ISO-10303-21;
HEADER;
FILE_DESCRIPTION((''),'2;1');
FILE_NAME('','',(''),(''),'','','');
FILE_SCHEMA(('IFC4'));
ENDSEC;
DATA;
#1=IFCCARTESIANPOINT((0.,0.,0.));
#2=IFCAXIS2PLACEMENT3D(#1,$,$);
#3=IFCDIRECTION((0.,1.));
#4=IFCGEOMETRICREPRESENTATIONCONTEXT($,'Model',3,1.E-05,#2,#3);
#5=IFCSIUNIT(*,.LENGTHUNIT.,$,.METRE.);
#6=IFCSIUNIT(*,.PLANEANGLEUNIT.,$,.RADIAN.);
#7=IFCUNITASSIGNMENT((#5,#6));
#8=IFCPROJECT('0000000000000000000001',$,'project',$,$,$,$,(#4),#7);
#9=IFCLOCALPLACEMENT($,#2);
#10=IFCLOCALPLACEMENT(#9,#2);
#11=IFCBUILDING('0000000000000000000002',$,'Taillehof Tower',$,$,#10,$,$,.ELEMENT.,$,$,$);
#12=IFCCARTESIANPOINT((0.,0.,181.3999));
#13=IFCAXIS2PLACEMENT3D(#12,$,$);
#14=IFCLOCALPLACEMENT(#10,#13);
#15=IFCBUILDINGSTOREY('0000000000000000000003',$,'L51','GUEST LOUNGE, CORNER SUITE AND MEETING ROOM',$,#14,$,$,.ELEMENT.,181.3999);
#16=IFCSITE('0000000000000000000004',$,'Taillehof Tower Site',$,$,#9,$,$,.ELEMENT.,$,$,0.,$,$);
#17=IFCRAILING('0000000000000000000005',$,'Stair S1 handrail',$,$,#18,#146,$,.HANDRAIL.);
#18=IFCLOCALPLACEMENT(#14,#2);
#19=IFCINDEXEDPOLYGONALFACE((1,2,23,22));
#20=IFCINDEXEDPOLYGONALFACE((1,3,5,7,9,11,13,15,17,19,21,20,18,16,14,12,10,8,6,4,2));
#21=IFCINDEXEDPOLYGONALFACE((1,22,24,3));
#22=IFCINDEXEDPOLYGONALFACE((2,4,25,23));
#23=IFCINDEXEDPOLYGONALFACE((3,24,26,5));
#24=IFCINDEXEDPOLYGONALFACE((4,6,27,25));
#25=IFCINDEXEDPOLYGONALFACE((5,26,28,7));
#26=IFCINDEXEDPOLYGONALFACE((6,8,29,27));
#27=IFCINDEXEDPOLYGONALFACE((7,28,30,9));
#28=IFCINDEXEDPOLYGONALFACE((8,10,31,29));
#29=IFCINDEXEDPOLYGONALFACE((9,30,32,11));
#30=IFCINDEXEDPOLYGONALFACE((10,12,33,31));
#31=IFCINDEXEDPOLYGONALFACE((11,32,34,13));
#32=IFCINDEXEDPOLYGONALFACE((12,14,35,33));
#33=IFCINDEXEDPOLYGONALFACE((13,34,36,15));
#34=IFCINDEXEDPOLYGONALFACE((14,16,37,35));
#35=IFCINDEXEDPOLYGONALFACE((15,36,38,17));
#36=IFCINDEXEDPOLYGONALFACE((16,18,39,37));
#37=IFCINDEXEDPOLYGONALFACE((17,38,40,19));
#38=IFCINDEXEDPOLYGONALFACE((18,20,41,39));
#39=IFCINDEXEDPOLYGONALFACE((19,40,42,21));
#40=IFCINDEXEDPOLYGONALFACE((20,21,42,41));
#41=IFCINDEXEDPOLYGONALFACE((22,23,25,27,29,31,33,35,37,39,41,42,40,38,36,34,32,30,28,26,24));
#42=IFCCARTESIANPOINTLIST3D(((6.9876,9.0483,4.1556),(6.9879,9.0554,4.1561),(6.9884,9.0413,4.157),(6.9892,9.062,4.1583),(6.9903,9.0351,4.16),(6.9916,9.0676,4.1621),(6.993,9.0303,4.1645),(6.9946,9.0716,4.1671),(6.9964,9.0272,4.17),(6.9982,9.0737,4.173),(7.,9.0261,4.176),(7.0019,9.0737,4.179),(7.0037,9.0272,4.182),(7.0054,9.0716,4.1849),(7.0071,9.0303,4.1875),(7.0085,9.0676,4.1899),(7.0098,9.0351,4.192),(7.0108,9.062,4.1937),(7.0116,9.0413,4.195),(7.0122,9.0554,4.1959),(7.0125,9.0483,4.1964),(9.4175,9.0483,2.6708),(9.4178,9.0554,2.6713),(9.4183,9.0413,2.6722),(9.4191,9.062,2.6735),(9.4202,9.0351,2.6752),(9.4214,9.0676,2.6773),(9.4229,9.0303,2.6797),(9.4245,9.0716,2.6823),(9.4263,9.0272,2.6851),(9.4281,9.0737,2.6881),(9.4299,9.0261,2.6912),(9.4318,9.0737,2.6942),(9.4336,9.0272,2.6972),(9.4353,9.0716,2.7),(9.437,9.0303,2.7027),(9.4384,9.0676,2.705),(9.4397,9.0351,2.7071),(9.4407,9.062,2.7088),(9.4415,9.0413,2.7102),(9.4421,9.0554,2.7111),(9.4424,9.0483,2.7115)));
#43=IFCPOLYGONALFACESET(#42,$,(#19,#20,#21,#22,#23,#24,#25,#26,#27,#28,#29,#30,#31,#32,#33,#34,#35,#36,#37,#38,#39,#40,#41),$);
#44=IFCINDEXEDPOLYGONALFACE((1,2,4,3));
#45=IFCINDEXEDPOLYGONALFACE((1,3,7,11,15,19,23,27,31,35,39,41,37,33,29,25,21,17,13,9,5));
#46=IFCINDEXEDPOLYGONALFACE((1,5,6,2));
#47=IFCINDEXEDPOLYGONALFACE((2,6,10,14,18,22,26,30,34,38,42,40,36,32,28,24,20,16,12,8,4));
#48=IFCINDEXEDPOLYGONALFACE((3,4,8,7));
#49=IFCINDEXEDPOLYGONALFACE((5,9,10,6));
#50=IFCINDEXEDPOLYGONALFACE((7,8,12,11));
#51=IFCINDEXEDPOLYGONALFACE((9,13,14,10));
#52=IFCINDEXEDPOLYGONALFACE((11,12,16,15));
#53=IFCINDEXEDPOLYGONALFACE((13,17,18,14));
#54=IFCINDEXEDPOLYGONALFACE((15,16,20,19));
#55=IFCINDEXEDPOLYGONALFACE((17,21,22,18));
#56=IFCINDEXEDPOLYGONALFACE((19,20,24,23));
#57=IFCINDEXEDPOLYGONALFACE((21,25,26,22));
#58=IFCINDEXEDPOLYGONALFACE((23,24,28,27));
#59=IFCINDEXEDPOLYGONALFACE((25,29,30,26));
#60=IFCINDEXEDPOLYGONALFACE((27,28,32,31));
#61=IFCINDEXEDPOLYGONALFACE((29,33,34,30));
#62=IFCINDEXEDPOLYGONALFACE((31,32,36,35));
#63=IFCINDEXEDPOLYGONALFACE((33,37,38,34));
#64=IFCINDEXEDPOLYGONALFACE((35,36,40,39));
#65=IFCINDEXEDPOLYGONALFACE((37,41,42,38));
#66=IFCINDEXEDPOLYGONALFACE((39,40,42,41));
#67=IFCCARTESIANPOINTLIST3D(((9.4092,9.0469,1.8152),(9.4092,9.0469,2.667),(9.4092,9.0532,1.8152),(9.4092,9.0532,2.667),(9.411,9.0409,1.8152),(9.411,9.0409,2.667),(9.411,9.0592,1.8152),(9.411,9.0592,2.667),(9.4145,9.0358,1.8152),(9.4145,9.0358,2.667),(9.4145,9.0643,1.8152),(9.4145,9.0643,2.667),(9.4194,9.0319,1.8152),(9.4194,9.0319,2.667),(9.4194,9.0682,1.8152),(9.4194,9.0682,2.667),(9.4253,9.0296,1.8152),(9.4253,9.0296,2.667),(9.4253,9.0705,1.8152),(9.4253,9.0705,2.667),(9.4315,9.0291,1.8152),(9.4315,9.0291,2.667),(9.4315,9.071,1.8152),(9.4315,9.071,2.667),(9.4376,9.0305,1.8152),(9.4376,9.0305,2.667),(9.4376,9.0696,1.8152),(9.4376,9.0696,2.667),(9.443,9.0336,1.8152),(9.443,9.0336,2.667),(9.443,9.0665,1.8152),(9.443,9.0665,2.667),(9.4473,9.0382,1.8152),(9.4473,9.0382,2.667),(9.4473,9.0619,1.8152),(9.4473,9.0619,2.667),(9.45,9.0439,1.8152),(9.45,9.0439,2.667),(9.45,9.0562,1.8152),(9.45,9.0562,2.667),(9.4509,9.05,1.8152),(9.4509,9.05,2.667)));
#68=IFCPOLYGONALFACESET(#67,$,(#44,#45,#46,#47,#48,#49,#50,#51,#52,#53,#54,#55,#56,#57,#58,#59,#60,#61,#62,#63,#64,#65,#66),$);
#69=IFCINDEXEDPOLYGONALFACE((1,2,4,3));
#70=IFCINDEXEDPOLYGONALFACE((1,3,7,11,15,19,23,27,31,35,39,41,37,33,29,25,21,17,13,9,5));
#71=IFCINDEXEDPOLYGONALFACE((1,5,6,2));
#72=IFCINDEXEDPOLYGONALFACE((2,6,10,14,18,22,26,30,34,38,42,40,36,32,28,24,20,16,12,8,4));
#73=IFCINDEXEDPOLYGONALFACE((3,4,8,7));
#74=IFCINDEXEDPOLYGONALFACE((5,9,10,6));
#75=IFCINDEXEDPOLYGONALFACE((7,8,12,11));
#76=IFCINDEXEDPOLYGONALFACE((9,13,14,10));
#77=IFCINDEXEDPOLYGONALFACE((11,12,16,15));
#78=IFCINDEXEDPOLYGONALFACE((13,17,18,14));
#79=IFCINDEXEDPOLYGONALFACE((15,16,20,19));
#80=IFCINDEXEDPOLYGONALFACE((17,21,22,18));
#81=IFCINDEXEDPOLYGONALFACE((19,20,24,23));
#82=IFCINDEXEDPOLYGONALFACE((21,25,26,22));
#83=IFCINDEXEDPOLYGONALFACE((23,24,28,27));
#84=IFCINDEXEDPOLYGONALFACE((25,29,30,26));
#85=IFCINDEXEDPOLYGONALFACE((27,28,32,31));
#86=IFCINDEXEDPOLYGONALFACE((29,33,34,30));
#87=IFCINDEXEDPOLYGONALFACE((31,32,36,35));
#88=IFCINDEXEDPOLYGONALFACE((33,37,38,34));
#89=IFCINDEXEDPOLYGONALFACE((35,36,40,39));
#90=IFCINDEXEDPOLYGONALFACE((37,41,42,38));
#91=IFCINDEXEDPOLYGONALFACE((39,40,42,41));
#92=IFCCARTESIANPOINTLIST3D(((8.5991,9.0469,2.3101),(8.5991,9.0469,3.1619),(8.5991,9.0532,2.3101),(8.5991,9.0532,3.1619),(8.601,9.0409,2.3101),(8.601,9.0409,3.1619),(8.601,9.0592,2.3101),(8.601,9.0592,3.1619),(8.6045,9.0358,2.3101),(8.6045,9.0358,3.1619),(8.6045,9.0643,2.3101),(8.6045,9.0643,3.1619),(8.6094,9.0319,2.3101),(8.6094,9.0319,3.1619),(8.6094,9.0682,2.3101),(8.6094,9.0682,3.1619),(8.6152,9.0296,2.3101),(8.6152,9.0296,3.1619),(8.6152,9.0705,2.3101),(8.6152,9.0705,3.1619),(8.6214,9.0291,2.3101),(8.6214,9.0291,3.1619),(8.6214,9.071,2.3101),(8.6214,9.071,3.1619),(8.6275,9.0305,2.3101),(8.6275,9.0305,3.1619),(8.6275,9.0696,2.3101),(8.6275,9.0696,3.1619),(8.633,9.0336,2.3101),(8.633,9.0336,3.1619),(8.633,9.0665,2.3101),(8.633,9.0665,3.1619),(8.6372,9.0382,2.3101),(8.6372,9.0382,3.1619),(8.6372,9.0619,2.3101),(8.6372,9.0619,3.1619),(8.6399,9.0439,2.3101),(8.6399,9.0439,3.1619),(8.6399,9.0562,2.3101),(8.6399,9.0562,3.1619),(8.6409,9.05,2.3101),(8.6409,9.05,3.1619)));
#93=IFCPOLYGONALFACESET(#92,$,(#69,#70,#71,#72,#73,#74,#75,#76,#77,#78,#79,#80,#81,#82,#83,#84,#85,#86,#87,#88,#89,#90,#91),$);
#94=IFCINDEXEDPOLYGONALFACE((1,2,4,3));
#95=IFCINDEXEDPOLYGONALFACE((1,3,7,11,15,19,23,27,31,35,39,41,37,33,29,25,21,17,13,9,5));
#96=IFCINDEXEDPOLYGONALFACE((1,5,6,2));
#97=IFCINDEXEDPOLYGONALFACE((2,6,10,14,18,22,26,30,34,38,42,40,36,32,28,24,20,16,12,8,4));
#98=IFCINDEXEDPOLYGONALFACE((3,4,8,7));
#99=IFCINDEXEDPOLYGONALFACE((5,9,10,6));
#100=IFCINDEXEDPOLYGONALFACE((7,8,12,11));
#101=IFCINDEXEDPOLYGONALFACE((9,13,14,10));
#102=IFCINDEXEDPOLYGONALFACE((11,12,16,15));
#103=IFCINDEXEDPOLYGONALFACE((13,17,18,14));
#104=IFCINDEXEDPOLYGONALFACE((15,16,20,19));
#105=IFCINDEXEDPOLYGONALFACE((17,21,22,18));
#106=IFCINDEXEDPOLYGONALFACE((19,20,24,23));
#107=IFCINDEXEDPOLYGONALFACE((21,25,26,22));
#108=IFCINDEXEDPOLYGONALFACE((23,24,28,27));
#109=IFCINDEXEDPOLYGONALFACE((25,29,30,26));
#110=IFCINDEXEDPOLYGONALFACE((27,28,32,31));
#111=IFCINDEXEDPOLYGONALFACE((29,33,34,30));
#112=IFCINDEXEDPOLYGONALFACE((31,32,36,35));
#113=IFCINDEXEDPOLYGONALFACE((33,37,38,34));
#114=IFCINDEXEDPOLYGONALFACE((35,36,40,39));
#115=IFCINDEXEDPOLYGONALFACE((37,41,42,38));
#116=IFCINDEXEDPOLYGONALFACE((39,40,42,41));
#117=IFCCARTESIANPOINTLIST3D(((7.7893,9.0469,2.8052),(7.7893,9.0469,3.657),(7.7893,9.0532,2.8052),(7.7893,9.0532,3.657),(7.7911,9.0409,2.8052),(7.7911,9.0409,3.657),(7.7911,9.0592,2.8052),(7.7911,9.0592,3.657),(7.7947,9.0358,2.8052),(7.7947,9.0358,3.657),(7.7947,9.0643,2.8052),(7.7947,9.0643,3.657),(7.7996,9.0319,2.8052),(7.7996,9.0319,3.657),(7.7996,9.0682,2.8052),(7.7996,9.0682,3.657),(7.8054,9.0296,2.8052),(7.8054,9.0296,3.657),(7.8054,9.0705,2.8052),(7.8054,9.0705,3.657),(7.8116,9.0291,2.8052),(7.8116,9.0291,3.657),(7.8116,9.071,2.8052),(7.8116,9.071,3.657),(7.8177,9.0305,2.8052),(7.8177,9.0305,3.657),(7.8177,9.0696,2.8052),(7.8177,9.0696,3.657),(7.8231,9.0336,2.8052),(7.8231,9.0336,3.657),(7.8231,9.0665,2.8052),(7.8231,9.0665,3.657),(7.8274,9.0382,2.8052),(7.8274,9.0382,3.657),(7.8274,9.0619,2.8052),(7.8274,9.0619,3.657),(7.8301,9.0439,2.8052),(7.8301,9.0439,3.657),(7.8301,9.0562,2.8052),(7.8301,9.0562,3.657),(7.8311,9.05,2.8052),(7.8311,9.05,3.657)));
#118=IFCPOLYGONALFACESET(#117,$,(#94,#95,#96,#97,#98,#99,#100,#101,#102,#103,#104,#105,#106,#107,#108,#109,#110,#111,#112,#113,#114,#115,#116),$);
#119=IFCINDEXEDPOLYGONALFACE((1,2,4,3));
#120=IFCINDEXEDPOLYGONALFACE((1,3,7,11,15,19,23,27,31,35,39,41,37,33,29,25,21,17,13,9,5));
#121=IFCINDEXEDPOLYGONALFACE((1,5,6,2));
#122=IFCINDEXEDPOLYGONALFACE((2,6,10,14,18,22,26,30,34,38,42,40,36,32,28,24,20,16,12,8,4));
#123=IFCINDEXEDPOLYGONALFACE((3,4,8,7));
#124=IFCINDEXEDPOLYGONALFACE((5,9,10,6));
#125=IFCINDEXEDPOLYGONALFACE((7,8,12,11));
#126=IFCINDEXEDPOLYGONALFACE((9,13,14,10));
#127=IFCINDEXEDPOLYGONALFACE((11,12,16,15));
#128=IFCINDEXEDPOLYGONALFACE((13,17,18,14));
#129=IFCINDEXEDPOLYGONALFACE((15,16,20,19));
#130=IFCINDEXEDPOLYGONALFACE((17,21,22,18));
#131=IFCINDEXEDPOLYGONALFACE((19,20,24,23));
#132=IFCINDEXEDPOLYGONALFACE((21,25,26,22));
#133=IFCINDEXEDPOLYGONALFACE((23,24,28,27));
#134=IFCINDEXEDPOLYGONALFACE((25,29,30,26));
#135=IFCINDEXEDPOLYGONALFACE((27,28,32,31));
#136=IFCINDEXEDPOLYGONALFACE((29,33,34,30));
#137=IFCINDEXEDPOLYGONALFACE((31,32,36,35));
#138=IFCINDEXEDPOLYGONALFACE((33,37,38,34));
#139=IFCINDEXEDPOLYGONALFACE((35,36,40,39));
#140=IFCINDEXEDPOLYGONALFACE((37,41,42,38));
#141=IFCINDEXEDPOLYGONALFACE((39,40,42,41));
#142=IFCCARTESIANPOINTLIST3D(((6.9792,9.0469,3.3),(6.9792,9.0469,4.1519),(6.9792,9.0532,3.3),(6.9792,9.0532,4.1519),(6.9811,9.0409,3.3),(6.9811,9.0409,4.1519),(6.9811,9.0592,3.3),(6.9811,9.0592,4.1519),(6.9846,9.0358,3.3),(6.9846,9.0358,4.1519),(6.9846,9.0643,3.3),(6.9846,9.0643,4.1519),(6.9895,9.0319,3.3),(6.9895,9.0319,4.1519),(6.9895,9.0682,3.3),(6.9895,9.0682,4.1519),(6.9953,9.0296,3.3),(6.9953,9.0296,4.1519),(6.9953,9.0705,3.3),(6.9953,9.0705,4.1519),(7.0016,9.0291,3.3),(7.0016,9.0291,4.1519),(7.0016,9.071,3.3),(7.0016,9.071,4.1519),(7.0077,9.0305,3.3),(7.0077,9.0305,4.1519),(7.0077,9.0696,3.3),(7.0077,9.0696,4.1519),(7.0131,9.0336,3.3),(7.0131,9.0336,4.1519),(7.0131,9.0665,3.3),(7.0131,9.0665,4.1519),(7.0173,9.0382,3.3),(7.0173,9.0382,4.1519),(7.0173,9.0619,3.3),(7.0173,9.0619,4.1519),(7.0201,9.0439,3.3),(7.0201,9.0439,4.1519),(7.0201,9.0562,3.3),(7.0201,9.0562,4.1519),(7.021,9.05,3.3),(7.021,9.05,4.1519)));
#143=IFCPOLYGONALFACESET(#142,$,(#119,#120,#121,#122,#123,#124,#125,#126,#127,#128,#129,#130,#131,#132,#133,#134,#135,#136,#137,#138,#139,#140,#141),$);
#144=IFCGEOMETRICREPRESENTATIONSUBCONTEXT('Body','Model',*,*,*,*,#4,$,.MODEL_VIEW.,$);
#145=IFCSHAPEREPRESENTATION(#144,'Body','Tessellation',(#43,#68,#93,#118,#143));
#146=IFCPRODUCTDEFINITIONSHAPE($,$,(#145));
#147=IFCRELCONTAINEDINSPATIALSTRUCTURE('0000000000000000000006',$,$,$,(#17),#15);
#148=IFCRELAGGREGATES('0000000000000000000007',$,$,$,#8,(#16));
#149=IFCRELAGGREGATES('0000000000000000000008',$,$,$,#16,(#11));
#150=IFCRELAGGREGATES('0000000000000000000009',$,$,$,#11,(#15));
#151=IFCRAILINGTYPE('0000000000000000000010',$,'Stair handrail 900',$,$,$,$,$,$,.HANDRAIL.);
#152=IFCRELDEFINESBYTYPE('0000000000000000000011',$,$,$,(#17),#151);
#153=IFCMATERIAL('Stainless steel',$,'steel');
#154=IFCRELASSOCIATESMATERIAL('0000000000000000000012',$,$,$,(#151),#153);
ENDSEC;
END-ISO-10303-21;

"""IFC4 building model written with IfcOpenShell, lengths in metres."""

from ifc_helpers import new_model, si_unit, direction, frame, origin, origin_2d, place, context, subcontext, project, spatial, circle, extrude, material, type_object, element, save


model = new_model("IFC4")

# Units and contexts
model_context = context("Model", 3, precision=1e-05, world=origin(), true_north=direction((0.0, 1.0)))
body_context = subcontext(model_context, "Body", "Model", "MODEL_VIEW")
ifc_project = project(units=[si_unit("LENGTHUNIT", "METRE"), si_unit("PLANEANGLEUNIT", "RADIAN")], contexts=[model_context])

# Site, building, storey
site_placement = place(None, origin())
site = spatial("IfcSite", under=ifc_project, at=site_placement, Name="Taillehof Tower Site", CompositionType="ELEMENT", RefElevation=0.0)
building_placement = place(site_placement, origin())
building = spatial("IfcBuilding", under=site, at=building_placement, Name="Taillehof Tower", CompositionType="ELEMENT")
storey_placement = place(building_placement, frame((0.0, 0.0, 181.3999)))
storey = spatial("IfcBuildingStorey", under=building, at=storey_placement, Name="L51", Description="GUEST LOUNGE, CORNER SUITE AND MEETING ROOM", CompositionType="ELEMENT", Elevation=181.3999)

# Railing
ifc_material_1 = material(Name="Stainless steel", Category="steel")
railing_type = type_object("IfcRailingType", Name="Stair handrail 900", PredefinedType="HANDRAIL", material=ifc_material_1)
railing_placement = place(storey_placement, frame((9.4299, 9.05, 1.8152)))
element("IfcRailing", 1, at=railing_placement, inside=storey, type_object=railing_type, Name="Stair S1 handrail", PredefinedType="HANDRAIL", context=body_context, shape_type="SweptSolid", body=[
    extrude(circle(Radius=0.0239, at=origin_2d()), frame((0.0, 0.0, 0.876), z_axis=(-0.853297, 0.0, 0.521426), x_axis=(0.0, -1.0, 0.0)), (0.0, 0.0, 1.0), 2.8477),
    extrude(circle(Radius=0.021, at=origin_2d()), origin(), (0.0, 0.0, 1.0), 0.8518),
    extrude(circle(Radius=0.021, at=origin_2d()), frame((-0.8101, 0.0, 0.4949)), (0.0, 0.0, 1.0), 0.8518),
    extrude(circle(Radius=0.021, at=origin_2d()), frame((-1.6199, 0.0, 0.99)), (0.0, 0.0, 1.0), 0.8518),
    extrude(circle(Radius=0.021, at=origin_2d()), frame((-2.4299, 0.0, 1.4849)), (0.0, 0.0, 1.0), 0.8518),
])

save(model, "model.ifc")
